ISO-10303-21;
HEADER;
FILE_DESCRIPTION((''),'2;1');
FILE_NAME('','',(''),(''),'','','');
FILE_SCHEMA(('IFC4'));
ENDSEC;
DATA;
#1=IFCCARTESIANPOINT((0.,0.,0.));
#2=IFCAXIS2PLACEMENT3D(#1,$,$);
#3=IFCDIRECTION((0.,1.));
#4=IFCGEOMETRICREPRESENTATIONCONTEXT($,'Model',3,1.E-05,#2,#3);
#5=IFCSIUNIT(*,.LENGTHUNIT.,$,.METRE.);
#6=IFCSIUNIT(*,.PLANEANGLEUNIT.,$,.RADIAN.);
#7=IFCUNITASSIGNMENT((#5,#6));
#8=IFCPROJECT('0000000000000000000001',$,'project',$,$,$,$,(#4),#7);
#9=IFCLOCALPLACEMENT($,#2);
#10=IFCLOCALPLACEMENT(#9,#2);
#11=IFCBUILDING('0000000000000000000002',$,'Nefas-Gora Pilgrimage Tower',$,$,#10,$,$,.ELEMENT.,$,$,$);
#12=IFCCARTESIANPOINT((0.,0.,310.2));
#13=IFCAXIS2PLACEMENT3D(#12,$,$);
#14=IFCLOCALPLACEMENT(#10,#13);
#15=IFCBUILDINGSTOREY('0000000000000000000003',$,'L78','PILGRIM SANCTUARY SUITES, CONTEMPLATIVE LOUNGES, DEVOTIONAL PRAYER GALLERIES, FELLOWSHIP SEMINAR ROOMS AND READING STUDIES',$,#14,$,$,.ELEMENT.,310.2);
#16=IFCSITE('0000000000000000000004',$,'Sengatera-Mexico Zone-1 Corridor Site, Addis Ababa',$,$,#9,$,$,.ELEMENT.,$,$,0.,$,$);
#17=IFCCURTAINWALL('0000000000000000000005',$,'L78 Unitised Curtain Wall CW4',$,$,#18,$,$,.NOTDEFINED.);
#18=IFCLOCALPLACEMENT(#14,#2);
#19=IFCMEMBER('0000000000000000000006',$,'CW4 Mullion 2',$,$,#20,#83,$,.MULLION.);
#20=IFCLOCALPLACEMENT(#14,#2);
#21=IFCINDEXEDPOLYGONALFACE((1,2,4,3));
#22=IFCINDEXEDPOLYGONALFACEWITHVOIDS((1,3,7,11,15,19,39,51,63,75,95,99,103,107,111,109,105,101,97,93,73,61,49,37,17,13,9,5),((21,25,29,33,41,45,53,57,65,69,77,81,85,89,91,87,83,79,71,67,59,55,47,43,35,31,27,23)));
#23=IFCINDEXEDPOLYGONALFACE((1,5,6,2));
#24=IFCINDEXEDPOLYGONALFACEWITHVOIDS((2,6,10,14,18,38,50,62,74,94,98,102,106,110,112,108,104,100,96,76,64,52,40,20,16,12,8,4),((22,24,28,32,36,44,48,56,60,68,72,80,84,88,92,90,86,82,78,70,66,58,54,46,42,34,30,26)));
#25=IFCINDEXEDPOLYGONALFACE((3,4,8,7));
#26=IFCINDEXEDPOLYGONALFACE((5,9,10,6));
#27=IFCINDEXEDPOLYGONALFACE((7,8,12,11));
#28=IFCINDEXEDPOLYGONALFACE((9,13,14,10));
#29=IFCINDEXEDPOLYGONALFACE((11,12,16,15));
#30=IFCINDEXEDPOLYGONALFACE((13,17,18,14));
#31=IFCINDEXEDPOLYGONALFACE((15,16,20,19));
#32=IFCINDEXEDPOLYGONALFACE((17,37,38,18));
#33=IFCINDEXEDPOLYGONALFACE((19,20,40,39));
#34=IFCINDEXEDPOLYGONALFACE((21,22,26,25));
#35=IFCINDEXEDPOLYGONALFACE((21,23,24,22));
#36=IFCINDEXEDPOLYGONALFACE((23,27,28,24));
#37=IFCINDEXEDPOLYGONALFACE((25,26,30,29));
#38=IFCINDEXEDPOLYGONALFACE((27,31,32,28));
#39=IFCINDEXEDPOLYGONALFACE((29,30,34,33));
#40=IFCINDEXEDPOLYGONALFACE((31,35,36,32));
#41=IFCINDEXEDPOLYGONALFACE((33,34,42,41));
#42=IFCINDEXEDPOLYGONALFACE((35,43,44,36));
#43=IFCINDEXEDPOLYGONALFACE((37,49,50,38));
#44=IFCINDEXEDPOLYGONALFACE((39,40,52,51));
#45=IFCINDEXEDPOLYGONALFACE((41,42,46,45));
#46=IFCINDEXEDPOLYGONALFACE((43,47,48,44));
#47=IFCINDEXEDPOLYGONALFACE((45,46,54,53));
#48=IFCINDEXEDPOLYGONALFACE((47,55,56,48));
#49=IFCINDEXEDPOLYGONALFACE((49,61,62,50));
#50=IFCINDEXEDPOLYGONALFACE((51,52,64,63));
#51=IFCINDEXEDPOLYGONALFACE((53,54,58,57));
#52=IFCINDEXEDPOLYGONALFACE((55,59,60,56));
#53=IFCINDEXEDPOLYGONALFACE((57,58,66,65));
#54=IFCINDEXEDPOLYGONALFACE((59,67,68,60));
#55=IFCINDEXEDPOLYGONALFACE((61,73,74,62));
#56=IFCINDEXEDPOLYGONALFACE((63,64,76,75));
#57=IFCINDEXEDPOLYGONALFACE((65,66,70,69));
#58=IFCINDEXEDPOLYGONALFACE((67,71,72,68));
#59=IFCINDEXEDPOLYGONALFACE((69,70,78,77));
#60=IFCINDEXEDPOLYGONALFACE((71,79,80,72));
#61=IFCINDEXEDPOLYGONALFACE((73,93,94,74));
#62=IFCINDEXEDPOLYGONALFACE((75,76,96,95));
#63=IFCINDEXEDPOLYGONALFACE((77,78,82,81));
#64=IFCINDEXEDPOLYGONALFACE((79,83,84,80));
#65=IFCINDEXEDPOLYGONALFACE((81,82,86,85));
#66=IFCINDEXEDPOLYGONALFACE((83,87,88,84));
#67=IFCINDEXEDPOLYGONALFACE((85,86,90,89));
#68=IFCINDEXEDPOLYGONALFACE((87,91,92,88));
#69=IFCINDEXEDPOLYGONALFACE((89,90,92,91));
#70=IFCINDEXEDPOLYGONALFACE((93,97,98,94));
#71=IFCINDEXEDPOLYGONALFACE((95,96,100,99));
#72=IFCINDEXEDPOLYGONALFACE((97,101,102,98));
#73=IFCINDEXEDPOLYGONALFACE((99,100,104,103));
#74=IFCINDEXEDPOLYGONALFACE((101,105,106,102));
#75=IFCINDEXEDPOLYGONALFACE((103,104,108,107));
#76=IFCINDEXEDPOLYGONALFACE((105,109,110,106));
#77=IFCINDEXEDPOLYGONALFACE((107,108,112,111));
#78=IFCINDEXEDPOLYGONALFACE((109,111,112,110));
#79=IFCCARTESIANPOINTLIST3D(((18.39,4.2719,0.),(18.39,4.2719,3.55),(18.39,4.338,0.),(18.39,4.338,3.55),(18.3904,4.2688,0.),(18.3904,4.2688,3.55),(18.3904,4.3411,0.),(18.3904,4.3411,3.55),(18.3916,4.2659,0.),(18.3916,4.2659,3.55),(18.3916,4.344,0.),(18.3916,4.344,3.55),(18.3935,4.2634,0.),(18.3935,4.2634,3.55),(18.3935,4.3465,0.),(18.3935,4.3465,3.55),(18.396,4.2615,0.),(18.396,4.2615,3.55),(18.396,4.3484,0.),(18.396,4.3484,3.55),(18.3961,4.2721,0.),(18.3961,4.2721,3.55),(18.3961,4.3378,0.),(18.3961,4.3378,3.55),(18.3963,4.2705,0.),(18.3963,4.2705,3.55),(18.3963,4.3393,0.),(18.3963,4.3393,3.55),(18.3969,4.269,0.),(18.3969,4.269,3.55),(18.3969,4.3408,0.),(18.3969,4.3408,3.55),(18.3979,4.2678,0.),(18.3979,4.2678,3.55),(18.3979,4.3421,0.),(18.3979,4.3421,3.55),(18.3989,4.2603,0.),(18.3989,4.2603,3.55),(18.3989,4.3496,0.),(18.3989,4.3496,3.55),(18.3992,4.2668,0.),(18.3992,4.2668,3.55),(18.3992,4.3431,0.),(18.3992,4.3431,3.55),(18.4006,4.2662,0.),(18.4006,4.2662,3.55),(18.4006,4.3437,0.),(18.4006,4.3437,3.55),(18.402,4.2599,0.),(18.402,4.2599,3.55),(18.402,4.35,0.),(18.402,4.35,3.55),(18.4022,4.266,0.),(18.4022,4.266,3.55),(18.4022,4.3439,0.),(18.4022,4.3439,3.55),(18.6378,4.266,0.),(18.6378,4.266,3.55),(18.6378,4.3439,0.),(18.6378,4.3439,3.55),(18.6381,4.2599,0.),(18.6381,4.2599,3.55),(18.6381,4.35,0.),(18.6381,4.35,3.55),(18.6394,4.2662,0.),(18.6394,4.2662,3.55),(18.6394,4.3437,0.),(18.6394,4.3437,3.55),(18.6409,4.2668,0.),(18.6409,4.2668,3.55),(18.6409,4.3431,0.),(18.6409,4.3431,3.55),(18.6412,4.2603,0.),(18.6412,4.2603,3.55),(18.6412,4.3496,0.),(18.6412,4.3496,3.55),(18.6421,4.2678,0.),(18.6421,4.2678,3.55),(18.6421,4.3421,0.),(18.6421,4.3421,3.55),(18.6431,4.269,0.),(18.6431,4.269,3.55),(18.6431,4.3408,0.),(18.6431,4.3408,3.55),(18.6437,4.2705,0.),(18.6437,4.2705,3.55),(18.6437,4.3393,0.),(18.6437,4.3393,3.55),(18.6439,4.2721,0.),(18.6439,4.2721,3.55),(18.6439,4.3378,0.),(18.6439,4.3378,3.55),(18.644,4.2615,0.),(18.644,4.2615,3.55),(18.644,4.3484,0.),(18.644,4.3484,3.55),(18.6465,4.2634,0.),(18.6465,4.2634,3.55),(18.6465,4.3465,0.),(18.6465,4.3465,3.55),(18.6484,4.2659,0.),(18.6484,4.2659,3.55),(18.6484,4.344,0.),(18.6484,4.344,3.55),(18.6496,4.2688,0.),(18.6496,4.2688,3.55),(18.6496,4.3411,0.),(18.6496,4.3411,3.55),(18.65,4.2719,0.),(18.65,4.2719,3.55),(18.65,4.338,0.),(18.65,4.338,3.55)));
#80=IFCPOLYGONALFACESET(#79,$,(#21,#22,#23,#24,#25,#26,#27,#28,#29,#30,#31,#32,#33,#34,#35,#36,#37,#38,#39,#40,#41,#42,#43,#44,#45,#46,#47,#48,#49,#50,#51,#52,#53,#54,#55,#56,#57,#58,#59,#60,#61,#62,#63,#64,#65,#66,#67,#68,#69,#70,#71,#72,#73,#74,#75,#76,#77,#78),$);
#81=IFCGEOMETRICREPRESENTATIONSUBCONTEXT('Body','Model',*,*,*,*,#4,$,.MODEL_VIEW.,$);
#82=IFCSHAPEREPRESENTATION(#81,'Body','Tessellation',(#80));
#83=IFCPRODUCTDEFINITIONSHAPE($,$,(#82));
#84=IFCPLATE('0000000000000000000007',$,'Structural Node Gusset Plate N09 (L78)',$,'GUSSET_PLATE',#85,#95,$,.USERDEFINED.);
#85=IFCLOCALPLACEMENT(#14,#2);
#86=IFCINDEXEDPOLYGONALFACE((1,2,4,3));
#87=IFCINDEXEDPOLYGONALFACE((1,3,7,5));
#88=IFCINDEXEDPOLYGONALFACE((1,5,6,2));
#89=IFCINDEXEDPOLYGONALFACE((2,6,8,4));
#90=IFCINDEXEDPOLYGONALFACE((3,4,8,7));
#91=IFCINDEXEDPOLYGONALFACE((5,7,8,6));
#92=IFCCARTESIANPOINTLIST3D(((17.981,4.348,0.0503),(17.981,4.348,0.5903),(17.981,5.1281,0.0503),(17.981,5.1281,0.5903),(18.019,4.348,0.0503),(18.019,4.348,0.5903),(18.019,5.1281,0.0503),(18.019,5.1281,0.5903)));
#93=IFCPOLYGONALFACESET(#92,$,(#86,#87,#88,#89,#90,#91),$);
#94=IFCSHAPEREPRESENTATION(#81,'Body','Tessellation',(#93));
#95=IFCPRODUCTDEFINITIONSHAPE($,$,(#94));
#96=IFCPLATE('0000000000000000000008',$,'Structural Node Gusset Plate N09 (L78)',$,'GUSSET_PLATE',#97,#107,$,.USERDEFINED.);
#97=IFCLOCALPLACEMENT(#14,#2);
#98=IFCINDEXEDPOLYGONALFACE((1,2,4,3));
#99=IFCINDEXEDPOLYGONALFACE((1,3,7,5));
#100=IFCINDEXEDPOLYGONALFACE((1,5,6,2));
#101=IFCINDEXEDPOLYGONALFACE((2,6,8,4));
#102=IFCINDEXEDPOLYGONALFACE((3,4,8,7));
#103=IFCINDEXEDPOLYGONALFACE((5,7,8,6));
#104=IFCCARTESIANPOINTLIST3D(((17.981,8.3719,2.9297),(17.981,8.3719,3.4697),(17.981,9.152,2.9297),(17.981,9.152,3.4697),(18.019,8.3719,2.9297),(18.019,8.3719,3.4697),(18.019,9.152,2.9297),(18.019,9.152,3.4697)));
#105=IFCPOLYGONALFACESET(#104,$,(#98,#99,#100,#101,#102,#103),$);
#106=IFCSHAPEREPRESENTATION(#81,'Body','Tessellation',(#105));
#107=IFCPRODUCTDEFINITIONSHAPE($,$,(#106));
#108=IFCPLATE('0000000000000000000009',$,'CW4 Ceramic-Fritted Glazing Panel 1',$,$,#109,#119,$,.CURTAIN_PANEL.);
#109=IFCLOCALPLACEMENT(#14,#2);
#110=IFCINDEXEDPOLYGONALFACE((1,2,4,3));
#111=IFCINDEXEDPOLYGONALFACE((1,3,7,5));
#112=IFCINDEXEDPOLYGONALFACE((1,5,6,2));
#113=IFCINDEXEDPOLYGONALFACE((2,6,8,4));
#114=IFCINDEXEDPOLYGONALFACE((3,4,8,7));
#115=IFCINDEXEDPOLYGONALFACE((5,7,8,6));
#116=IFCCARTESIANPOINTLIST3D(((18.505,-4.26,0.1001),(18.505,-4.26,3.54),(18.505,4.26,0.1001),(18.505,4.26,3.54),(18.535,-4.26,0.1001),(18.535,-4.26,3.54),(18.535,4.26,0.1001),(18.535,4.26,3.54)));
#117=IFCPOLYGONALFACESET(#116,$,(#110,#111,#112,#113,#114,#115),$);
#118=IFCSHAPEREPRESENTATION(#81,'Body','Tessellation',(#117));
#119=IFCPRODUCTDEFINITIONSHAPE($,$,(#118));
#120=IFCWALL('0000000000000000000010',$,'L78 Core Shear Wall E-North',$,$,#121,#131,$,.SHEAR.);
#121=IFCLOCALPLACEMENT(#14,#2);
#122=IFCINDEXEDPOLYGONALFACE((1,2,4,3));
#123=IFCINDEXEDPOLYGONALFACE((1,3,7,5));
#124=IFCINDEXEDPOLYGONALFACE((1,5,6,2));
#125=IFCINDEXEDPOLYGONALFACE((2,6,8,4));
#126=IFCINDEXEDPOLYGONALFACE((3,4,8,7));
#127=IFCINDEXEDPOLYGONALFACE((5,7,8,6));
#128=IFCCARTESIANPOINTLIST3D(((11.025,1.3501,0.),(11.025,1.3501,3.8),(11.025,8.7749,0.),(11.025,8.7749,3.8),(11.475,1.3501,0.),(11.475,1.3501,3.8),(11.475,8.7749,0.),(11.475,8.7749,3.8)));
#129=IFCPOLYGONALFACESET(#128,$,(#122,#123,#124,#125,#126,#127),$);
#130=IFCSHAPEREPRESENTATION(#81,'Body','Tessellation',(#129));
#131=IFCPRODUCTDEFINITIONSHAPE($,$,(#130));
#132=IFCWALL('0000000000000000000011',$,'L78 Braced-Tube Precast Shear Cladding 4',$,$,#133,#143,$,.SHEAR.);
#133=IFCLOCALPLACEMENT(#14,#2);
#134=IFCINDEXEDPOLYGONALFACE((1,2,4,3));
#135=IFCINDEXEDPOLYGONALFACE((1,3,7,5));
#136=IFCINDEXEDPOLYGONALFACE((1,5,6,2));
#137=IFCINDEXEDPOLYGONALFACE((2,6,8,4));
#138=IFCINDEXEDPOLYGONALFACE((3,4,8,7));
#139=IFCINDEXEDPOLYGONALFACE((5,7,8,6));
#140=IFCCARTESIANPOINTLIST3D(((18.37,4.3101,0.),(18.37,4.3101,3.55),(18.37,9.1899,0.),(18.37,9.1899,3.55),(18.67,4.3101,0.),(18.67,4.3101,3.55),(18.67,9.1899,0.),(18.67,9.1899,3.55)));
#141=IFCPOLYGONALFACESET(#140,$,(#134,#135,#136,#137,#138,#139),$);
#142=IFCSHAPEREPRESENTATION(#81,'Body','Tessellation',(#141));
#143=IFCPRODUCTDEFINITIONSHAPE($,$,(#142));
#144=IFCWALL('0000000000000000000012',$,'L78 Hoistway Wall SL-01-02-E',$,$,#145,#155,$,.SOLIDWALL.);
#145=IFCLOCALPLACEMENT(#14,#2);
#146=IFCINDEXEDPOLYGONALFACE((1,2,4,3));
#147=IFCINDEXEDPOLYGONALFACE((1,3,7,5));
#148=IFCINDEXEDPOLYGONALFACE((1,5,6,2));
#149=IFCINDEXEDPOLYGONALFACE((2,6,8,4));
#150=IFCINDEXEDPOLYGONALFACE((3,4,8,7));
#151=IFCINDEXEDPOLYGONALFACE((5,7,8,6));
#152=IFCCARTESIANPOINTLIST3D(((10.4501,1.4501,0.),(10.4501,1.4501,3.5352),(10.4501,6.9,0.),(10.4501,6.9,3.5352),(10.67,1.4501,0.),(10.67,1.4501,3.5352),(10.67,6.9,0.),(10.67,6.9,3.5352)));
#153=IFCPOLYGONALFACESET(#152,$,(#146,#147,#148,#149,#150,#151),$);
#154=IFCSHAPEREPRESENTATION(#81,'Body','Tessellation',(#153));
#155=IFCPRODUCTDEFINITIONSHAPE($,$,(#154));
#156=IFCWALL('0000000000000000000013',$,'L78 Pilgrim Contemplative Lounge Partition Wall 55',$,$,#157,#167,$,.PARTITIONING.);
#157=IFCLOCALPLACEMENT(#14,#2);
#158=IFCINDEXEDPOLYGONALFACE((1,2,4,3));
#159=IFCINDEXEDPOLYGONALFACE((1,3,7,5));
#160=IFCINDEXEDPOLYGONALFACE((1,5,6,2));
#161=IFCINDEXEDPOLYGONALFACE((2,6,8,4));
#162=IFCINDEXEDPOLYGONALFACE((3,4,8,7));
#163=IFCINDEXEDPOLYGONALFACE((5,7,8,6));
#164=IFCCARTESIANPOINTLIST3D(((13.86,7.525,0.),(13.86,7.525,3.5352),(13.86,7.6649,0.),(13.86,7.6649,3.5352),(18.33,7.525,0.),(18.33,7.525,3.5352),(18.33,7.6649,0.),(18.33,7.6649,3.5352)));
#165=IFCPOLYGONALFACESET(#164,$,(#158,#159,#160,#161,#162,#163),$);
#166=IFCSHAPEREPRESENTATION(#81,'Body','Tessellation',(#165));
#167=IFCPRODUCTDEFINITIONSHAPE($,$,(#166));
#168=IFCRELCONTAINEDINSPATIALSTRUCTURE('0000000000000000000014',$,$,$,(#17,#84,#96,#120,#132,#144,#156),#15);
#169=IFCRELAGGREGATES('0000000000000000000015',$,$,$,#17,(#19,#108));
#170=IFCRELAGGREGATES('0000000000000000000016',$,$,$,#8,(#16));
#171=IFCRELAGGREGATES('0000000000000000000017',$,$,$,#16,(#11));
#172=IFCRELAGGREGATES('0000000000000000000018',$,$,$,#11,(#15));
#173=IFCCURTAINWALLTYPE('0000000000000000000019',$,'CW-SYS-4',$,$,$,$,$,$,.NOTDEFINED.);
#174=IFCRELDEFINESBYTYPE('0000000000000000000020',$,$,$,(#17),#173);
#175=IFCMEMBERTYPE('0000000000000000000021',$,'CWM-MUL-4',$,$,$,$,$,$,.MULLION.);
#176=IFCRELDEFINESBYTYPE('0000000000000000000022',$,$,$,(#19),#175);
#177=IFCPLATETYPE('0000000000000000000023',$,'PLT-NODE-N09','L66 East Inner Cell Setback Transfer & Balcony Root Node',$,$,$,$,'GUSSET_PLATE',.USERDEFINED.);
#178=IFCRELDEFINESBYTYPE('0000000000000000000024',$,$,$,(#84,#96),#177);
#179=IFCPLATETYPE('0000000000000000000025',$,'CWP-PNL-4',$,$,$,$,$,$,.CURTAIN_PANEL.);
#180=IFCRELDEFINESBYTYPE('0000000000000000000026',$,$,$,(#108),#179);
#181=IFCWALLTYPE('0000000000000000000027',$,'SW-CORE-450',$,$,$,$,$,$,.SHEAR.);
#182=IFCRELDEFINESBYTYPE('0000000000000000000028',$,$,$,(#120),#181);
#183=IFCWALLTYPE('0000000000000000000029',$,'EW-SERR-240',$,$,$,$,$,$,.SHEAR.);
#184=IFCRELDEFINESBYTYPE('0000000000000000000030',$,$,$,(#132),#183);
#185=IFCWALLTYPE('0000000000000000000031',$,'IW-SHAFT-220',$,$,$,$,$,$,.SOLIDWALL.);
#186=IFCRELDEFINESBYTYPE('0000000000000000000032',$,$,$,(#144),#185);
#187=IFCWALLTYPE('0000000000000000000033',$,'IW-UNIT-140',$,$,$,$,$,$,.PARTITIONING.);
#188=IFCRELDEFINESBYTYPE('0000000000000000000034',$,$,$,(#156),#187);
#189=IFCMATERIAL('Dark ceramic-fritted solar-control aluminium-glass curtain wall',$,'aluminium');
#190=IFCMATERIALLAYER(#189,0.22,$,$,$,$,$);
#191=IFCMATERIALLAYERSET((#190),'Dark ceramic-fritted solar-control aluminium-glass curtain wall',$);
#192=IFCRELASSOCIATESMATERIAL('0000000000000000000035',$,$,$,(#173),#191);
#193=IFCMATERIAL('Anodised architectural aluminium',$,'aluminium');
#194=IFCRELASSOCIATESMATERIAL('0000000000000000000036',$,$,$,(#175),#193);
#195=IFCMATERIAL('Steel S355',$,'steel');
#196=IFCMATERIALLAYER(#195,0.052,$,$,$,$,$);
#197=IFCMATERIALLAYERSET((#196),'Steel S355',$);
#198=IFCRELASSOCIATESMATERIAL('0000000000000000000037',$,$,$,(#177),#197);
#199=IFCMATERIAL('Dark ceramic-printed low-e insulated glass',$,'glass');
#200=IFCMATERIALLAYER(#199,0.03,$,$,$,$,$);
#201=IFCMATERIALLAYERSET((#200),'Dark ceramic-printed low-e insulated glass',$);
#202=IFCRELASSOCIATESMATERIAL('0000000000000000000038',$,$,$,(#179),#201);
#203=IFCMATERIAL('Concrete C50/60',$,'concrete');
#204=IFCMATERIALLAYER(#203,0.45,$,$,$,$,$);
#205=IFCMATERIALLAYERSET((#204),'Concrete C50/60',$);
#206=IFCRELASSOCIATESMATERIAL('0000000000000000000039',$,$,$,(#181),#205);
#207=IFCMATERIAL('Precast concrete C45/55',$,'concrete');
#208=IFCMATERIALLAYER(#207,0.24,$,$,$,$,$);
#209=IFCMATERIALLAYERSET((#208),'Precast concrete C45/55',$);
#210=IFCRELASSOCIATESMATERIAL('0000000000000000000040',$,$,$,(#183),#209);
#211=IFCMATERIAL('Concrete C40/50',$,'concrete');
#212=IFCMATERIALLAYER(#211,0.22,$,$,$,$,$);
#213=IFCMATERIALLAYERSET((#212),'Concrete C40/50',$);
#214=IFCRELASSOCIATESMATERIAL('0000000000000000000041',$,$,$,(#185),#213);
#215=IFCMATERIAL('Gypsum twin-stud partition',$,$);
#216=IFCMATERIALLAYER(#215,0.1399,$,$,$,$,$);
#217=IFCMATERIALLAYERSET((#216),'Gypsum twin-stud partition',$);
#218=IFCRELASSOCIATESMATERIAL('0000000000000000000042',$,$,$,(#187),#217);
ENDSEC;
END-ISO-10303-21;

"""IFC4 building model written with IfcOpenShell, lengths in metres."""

from ifc_helpers import new_model, si_unit, direction, frame, frame_2d, origin, origin_2d, place, context, subcontext, project, spatial, rectangle, hollow_rectangle, extrude, source, transform, mapped, material, layer, layer_set, material_profile, profile_set, type_object, element, aggregate, save


model = new_model("IFC4")

# Units and contexts
model_context = context("Model", 3, precision=1e-05, world=origin(), true_north=direction((0.0, 1.0)))
body_context = subcontext(model_context, "Body", "Model", "MODEL_VIEW")
ifc_project = project(units=[si_unit("LENGTHUNIT", "METRE"), si_unit("PLANEANGLEUNIT", "RADIAN")], contexts=[model_context])

# Site, building, storey
site_placement = place(None, origin())
site = spatial("IfcSite", under=ifc_project, at=site_placement, Name="Sengatera-Mexico Zone-1 Corridor Site, Addis Ababa", CompositionType="ELEMENT", RefElevation=0.0)
building_placement = place(site_placement, origin())
building = spatial("IfcBuilding", under=site, at=building_placement, Name="Nefas-Gora Pilgrimage Tower", CompositionType="ELEMENT")
storey_placement = place(building_placement, frame((0.0, 0.0, 310.2)))
storey = spatial("IfcBuildingStorey", under=building, at=storey_placement, Name="L78", Description="PILGRIM SANCTUARY SUITES, CONTEMPLATIVE LOUNGES, DEVOTIONAL PRAYER GALLERIES, FELLOWSHIP SEMINAR ROOMS AND READING STUDIES", CompositionType="ELEMENT", Elevation=310.2)

# Shared definitions
ifc_material_1 = material(Name="Steel S355", Category="steel")
ifc_material_2 = material(Name="Concrete C50/60", Category="concrete")

# Curtain wall, member
ifc_material_3 = material(Name="Dark ceramic-fritted solar-control aluminium-glass curtain wall", Category="aluminium")
ifc_layer_1 = layer(ifc_material_3, 0.22)
ifc_layer_set_1 = layer_set([ifc_layer_1], Name="Dark ceramic-fritted solar-control aluminium-glass curtain wall")
curtain_wall_type = type_object("IfcCurtainWallType", Name="CW-SYS-4", PredefinedType="NOTDEFINED", material=ifc_layer_set_1)
curtain_wall_placement = place(storey_placement, origin())
curtain_wall = element("IfcCurtainWall", 1, at=curtain_wall_placement, inside=storey, type_object=curtain_wall_type, Name="L78 Unitised Curtain Wall CW4", PredefinedType="NOTDEFINED")
ifc_material_4 = material(Name="Anodised architectural aluminium", Category="aluminium")
ifc_material_profile_1 = material_profile(ifc_material_4, hollow_rectangle(XDim=0.0901, YDim=0.26, WallThickness=0.0061, InnerFilletRadius=0.0061, OuterFilletRadius=0.012, at=origin_2d()), Name="ALU MULLION 90x260")
ifc_profile_set_1 = profile_set([ifc_material_profile_1], Name="Anodised architectural aluminium")
member_type_1 = type_object("IfcMemberType", Name="CWM-MUL-4", PredefinedType="MULLION", material=ifc_profile_set_1)
shared_shape_1 = source(origin(), body_context, "Body", "SweptSolid", [
    extrude(hollow_rectangle(XDim=0.0901, YDim=0.26, WallThickness=0.0061, InnerFilletRadius=0.0061, OuterFilletRadius=0.012, at=origin_2d()), origin(), (0.0, 0.0, 1.0), 3.55),
])
member_1_placement = place(storey_placement, frame((18.52, 4.3049, 0.0), z_axis=(0.0, 0.0, 1.0), x_axis=(0.0, 1.0, 0.0)))
member_1 = element("IfcMember", 2, at=member_1_placement, type_object=member_type_1, Name="CW4 Mullion 2", PredefinedType="MULLION", context=body_context, shape_type="MappedRepresentation", body=[
    mapped(shared_shape_1, transform((0.0, 0.0, 0.0), x_axis=(1.0, 0.0, 0.0), y_axis=(0.0, 1.0, 0.0), z_axis=(0.0, 0.0, 1.0), scale=1.0)),
])

# Plates
ifc_layer_2 = layer(ifc_material_1, 0.052)
ifc_layer_set_2 = layer_set([ifc_layer_2], Name="Steel S355")
plate_type_1 = type_object("IfcPlateType", Name="PLT-NODE-N09", Description="L66 East Inner Cell Setback Transfer & Balcony Root Node", ElementType="GUSSET_PLATE", PredefinedType="USERDEFINED", material=ifc_layer_set_2)
shared_shape_2 = source(origin(), body_context, "Body", "SweptSolid", [
    extrude(rectangle(XDim=0.78, YDim=0.0381, at=origin_2d()), origin(), (0.0, 0.0, 1.0), 0.54),
])
for number, where, z_axis, x_axis, name in (
    (3, (18.0, 4.738, 0.0503), (0.0, 0.0, 1.0), (0.0, 1.0, 0.0), "Structural Node Gusset Plate N09 (L78)"),
    (4, (18.0, 8.762, 2.9297), (0.0, 0.0, 1.0), (0.0, 1.0, 0.0), "Structural Node Gusset Plate N09 (L78)"),
):
    element("IfcPlate", number, at=place(storey_placement, frame(where, z_axis=z_axis, x_axis=x_axis)), inside=storey, type_object=plate_type_1, Name=name, ObjectType="GUSSET_PLATE", PredefinedType="USERDEFINED", context=body_context, shape_type="MappedRepresentation", body=[
        mapped(shared_shape_2, transform((0.0, 0.0, 0.0), x_axis=(1.0, 0.0, 0.0), y_axis=(0.0, 1.0, 0.0), z_axis=(0.0, 0.0, 1.0), scale=1.0)),
    ])

# Plate
ifc_material_5 = material(Name="Dark ceramic-printed low-e insulated glass", Category="glass")
ifc_layer_3 = layer(ifc_material_5, 0.03)
ifc_layer_set_3 = layer_set([ifc_layer_3], Name="Dark ceramic-printed low-e insulated glass")
plate_type_2 = type_object("IfcPlateType", Name="CWP-PNL-4", PredefinedType="CURTAIN_PANEL", material=ifc_layer_set_3)
shared_shape_3 = source(origin(), body_context, "Body", "SweptSolid", [
    extrude(rectangle(XDim=8.52, YDim=0.03, at=origin_2d()), origin(), (0.0, 0.0, 1.0), 3.4399),
])
plate_placement = place(storey_placement, frame((18.52, 0.0, 0.1001), z_axis=(0.0, 0.0, 1.0), x_axis=(0.0, 1.0, 0.0)))
plate = element("IfcPlate", 5, at=plate_placement, type_object=plate_type_2, Name="CW4 Ceramic-Fritted Glazing Panel 1", PredefinedType="CURTAIN_PANEL", context=body_context, shape_type="MappedRepresentation", body=[
    mapped(shared_shape_3, transform((0.0, 0.0, 0.0), x_axis=(1.0, 0.0, 0.0), y_axis=(0.0, 1.0, 0.0), z_axis=(0.0, 0.0, 1.0), scale=1.0)),
])
aggregate(curtain_wall, [member_1, plate])

# Walls
ifc_layer_4 = layer(ifc_material_2, 0.45)
ifc_layer_set_4 = layer_set([ifc_layer_4], Name="Concrete C50/60")
wall_type_1 = type_object("IfcWallType", Name="SW-CORE-450", PredefinedType="SHEAR", material=ifc_layer_set_4)
shared_shape_4 = source(origin(), body_context, "Body", "SweptSolid", [
    extrude(rectangle(XDim=7.4248, YDim=0.45, at=frame_2d((3.7124, 0.0))), origin(), (0.0, 0.0, 1.0), 3.8),
])
wall_1_placement = place(storey_placement, frame((11.25, 1.3501, 0.0), z_axis=(0.0, 0.0, 1.0), x_axis=(0.0, 1.0, 0.0)))
element("IfcWall", 6, at=wall_1_placement, inside=storey, type_object=wall_type_1, Name="L78 Core Shear Wall E-North", PredefinedType="SHEAR", context=body_context, shape_type="MappedRepresentation", body=[
    mapped(shared_shape_4, transform((0.0, 0.0, 0.0), x_axis=(1.0, 0.0, 0.0), y_axis=(0.0, 1.0, 0.0), z_axis=(0.0, 0.0, 1.0), scale=1.0)),
])
ifc_material_6 = material(Name="Precast concrete C45/55", Category="concrete")
ifc_layer_5 = layer(ifc_material_6, 0.24)
ifc_layer_set_5 = layer_set([ifc_layer_5], Name="Precast concrete C45/55")
wall_type_2 = type_object("IfcWallType", Name="EW-SERR-240", PredefinedType="SHEAR", material=ifc_layer_set_5)
shared_shape_5 = source(origin(), body_context, "Body", "SweptSolid", [
    extrude(rectangle(XDim=4.8799, YDim=0.3, at=frame_2d((2.4399, 0.0))), origin(), (0.0, 0.0, 1.0), 3.55),
])
wall_2_placement = place(storey_placement, frame((18.52, 4.3101, 0.0), z_axis=(0.0, 0.0, 1.0), x_axis=(0.0, 1.0, 0.0)))
element("IfcWall", 7, at=wall_2_placement, inside=storey, type_object=wall_type_2, Name="L78 Braced-Tube Precast Shear Cladding 4", PredefinedType="SHEAR", context=body_context, shape_type="MappedRepresentation", body=[
    mapped(shared_shape_5, transform((0.0, 0.0, 0.0), x_axis=(1.0, 0.0, 0.0), y_axis=(0.0, 1.0, 0.0), z_axis=(0.0, 0.0, 1.0), scale=1.0)),
])
ifc_material_7 = material(Name="Concrete C40/50", Category="concrete")
ifc_layer_6 = layer(ifc_material_7, 0.22)
ifc_layer_set_6 = layer_set([ifc_layer_6], Name="Concrete C40/50")
wall_type_3 = type_object("IfcWallType", Name="IW-SHAFT-220", PredefinedType="SOLIDWALL", material=ifc_layer_set_6)
shared_shape_6 = source(origin(), body_context, "Body", "SweptSolid", [
    extrude(rectangle(XDim=5.45, YDim=0.22, at=frame_2d((2.7251, 0.0))), origin(), (0.0, 0.0, 1.0), 3.5352),
])
wall_3_placement = place(storey_placement, frame((10.5601, 1.45, 0.0), z_axis=(0.0, 0.0, 1.0), x_axis=(0.0, 1.0, 0.0)))
element("IfcWall", 8, at=wall_3_placement, inside=storey, type_object=wall_type_3, Name="L78 Hoistway Wall SL-01-02-E", PredefinedType="SOLIDWALL", context=body_context, shape_type="MappedRepresentation", body=[
    mapped(shared_shape_6, transform((0.0, 0.0, 0.0), x_axis=(1.0, 0.0, 0.0), y_axis=(0.0, 1.0, 0.0), z_axis=(0.0, 0.0, 1.0), scale=1.0)),
])
ifc_material_8 = material(Name="Gypsum twin-stud partition")
ifc_layer_7 = layer(ifc_material_8, 0.1399)
ifc_layer_set_7 = layer_set([ifc_layer_7], Name="Gypsum twin-stud partition")
wall_type_4 = type_object("IfcWallType", Name="IW-UNIT-140", PredefinedType="PARTITIONING", material=ifc_layer_set_7)
shared_shape_7 = source(origin(), body_context, "Body", "SweptSolid", [
    extrude(rectangle(XDim=4.47, YDim=0.1399, at=frame_2d((2.2349, 0.0))), origin(), (0.0, 0.0, 1.0), 3.5352),
])
wall_4_placement = place(storey_placement, frame((13.8601, 7.595, 0.0), z_axis=(0.0, 0.0, 1.0), x_axis=(1.0, 0.0, 0.0)))
element("IfcWall", 9, at=wall_4_placement, inside=storey, type_object=wall_type_4, Name="L78 Pilgrim Contemplative Lounge Partition Wall 55", PredefinedType="PARTITIONING", context=body_context, shape_type="MappedRepresentation", body=[
    mapped(shared_shape_7, transform((0.0, 0.0, 0.0), x_axis=(1.0, 0.0, 0.0), y_axis=(0.0, 1.0, 0.0), z_axis=(0.0, 0.0, 1.0), scale=1.0)),
])

save(model, "model.ifc")
